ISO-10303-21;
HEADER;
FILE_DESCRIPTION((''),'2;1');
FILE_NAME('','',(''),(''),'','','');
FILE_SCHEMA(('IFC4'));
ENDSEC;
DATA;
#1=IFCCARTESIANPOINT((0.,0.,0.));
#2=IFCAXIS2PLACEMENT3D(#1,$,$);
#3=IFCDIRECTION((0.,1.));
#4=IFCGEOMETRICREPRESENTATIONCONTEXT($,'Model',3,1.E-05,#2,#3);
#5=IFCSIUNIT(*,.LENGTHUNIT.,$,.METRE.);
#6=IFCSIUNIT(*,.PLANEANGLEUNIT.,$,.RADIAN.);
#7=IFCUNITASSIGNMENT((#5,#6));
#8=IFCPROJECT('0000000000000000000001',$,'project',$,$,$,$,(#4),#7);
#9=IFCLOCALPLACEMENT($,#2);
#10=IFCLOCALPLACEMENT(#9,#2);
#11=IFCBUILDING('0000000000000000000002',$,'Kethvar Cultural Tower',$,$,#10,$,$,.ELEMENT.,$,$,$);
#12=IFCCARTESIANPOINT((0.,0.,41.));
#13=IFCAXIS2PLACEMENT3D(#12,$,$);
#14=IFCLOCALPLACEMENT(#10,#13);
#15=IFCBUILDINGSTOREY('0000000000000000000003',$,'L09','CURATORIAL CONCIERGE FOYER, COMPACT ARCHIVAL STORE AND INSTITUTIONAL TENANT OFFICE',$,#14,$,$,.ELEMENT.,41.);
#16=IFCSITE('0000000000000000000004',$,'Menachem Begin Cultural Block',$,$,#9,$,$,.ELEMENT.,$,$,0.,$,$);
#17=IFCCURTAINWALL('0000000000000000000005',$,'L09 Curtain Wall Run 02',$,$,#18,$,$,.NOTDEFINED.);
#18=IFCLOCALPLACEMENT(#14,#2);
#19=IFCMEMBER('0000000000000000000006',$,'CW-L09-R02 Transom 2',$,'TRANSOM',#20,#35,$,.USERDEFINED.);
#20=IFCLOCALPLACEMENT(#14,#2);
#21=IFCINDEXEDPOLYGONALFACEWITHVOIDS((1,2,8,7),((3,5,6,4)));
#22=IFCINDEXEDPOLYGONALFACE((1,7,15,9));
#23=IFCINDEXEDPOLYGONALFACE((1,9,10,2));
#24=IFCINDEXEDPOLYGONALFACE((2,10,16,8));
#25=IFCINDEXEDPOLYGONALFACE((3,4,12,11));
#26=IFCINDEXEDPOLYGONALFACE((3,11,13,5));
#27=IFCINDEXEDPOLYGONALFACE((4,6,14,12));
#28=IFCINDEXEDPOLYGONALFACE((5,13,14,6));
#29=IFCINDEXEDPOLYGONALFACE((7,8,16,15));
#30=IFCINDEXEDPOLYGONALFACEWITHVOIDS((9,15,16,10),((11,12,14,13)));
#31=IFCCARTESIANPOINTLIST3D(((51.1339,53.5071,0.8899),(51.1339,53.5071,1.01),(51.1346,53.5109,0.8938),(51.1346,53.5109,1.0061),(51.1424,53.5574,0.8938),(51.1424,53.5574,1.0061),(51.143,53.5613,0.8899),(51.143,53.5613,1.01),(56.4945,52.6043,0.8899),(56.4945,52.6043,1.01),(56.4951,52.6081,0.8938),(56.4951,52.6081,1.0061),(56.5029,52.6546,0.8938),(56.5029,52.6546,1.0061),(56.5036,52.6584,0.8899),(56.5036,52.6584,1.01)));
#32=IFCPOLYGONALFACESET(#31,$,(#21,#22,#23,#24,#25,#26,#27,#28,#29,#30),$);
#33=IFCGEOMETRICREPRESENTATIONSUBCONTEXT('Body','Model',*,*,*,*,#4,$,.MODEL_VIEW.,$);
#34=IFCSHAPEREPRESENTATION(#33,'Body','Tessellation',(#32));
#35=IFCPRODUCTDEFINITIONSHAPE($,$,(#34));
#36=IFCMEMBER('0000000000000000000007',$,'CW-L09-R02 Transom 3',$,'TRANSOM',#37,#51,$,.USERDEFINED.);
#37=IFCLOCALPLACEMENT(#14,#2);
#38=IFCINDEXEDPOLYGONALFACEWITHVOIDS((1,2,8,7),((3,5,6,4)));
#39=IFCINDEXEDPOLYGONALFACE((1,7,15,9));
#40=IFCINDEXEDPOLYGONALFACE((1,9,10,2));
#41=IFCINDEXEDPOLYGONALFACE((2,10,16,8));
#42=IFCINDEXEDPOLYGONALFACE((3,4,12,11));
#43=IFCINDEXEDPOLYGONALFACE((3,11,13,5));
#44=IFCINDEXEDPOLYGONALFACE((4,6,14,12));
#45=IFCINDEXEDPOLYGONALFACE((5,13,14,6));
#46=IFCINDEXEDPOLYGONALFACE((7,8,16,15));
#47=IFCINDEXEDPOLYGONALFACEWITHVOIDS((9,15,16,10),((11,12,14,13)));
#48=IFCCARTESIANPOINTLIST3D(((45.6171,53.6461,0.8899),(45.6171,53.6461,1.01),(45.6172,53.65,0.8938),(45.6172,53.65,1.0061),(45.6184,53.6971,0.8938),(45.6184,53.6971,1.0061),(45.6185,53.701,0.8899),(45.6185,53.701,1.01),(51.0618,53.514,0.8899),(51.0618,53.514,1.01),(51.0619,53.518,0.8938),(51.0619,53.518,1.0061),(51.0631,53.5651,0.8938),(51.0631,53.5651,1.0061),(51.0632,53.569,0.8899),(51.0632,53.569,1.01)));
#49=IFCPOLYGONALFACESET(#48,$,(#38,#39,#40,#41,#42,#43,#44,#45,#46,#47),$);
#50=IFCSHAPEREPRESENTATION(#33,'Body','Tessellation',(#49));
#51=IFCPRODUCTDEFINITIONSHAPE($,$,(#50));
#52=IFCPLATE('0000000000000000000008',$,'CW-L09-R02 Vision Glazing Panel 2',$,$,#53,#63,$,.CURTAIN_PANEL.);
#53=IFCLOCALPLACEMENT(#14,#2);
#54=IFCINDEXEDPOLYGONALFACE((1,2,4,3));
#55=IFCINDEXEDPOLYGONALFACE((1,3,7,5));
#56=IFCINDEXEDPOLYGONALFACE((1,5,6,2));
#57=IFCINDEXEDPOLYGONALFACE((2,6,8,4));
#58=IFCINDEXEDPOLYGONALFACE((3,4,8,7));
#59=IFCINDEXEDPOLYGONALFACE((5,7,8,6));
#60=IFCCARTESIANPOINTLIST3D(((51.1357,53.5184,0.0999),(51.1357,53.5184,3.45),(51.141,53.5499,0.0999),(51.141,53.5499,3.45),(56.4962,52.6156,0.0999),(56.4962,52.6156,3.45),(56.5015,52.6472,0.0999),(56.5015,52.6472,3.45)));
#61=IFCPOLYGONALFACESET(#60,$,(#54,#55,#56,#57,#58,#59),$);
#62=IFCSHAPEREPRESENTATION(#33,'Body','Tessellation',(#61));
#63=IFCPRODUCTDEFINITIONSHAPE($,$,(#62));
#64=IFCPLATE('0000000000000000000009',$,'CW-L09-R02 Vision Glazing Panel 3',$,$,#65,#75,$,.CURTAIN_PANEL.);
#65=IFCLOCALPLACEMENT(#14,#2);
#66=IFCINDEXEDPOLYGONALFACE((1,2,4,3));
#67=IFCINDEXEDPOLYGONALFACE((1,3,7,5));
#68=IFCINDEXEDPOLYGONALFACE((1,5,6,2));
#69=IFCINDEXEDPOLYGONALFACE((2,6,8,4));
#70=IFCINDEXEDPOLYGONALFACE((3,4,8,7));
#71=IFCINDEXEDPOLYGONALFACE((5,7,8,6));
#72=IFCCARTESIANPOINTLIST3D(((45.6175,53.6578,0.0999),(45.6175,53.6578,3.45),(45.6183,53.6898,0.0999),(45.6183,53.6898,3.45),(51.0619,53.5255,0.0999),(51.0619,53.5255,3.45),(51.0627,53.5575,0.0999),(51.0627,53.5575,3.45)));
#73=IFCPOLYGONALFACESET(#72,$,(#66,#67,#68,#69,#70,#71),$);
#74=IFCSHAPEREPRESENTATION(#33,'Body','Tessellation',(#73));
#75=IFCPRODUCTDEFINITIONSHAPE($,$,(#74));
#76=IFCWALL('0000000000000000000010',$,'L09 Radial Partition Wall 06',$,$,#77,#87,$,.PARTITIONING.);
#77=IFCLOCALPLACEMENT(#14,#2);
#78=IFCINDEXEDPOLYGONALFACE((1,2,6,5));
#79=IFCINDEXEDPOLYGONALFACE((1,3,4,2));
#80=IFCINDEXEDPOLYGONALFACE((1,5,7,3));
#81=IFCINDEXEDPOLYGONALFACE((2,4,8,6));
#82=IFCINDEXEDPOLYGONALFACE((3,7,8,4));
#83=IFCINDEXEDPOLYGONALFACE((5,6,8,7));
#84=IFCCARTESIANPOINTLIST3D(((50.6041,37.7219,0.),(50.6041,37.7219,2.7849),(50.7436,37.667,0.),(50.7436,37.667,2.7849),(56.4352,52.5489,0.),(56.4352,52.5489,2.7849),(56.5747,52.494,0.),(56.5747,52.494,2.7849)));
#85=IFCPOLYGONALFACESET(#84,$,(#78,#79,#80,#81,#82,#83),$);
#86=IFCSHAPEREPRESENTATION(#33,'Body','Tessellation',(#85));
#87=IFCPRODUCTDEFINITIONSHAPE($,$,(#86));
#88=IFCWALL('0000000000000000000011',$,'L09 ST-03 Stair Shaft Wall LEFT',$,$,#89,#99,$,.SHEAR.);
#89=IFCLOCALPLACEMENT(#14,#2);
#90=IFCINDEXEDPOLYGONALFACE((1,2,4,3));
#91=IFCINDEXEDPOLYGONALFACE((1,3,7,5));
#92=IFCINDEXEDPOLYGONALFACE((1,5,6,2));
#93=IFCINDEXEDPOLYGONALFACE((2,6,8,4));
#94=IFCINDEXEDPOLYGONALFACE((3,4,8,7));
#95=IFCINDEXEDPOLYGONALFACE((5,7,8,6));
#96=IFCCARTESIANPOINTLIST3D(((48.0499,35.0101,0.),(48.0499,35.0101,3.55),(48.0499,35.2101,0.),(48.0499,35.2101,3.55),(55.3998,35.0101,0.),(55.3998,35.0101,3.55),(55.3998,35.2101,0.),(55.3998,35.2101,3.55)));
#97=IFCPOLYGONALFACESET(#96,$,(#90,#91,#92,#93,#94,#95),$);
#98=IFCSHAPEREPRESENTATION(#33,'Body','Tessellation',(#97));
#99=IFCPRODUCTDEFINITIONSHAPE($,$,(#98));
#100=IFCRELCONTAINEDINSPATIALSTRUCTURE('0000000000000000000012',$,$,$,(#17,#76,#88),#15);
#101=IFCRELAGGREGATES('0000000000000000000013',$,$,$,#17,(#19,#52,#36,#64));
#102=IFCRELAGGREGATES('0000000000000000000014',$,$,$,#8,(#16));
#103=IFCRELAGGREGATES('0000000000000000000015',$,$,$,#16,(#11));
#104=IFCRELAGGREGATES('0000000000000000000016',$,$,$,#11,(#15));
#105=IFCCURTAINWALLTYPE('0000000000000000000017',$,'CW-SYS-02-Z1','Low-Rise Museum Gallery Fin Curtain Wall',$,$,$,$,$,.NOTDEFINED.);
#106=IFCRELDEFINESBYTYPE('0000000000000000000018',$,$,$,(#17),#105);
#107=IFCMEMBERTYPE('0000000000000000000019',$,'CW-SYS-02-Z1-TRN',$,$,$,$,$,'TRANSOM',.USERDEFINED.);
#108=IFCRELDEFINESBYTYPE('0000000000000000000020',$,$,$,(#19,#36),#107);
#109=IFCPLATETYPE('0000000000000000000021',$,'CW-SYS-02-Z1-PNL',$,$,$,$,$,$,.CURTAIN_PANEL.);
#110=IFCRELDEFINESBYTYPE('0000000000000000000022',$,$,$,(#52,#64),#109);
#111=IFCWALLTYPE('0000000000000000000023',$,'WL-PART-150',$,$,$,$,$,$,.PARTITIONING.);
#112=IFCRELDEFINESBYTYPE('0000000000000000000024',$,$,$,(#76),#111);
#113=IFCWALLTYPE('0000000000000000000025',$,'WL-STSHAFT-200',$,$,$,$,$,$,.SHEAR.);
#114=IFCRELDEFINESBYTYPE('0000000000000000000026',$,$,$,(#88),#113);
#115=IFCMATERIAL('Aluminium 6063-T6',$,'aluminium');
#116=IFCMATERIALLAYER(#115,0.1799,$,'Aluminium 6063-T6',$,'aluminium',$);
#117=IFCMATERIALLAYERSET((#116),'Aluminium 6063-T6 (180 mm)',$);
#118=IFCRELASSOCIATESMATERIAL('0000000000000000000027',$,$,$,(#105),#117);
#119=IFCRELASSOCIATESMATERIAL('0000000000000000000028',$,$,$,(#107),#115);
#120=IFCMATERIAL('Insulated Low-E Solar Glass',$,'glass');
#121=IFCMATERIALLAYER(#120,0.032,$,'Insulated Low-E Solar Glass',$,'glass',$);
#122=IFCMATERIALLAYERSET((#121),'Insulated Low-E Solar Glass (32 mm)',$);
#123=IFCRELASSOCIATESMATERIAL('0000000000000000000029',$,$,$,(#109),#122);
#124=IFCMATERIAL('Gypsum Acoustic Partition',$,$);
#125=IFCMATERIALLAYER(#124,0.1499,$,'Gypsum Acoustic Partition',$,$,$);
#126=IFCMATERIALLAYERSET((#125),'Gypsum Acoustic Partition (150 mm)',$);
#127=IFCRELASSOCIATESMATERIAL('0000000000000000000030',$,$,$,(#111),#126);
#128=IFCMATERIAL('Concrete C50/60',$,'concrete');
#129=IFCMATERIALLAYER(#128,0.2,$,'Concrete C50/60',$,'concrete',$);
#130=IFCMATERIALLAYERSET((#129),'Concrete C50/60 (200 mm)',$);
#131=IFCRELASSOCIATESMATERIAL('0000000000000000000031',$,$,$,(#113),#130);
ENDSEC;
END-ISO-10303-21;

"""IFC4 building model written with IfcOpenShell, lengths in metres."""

from ifc_helpers import new_model, si_unit, direction, frame, frame_2d, origin, origin_2d, place, context, subcontext, project, spatial, rectangle, hollow_rectangle, extrude, source, transform, mapped, material, layer, layer_set, material_profile, profile_set, type_object, element, aggregate, save


model = new_model("IFC4")

# Units and contexts
model_context = context("Model", 3, precision=1e-05, world=origin(), true_north=direction((0.0, 1.0)))
body_context = subcontext(model_context, "Body", "Model", "MODEL_VIEW")
ifc_project = project(units=[si_unit("LENGTHUNIT", "METRE"), si_unit("PLANEANGLEUNIT", "RADIAN")], contexts=[model_context])

# Site, building, storey
site_placement = place(None, origin())
site = spatial("IfcSite", under=ifc_project, at=site_placement, Name="Menachem Begin Cultural Block", CompositionType="ELEMENT", RefElevation=0.0)
building_placement = place(site_placement, origin())
building = spatial("IfcBuilding", under=site, at=building_placement, Name="Kethvar Cultural Tower", CompositionType="ELEMENT")
storey_placement = place(building_placement, frame((0.0, 0.0, 41.0)))
storey = spatial("IfcBuildingStorey", under=building, at=storey_placement, Name="L09", Description="CURATORIAL CONCIERGE FOYER, COMPACT ARCHIVAL STORE AND INSTITUTIONAL TENANT OFFICE", CompositionType="ELEMENT", Elevation=41.0)

# Curtain wall, members, plates
ifc_material_1 = material(Name="Aluminium 6063-T6", Category="aluminium")
ifc_layer_1 = layer(ifc_material_1, 0.1799, Name="Aluminium 6063-T6", Category="aluminium")
ifc_layer_set_1 = layer_set([ifc_layer_1], Name="Aluminium 6063-T6 (180 mm)")
curtain_wall_type = type_object("IfcCurtainWallType", Name="CW-SYS-02-Z1", Description="Low-Rise Museum Gallery Fin Curtain Wall", PredefinedType="NOTDEFINED", material=ifc_layer_set_1)
curtain_wall_placement = place(storey_placement, origin())
curtain_wall = element("IfcCurtainWall", 1, at=curtain_wall_placement, inside=storey, type_object=curtain_wall_type, Name="L09 Curtain Wall Run 02", PredefinedType="NOTDEFINED")
ifc_material_profile_1 = material_profile(ifc_material_1, hollow_rectangle(XDim=0.0549, YDim=0.1201, WallThickness=0.0039, at=origin_2d()), Name="Aluminium 6063-T6 — RHS120x55x4")
ifc_profile_set_1 = profile_set([ifc_material_profile_1], Name="Aluminium 6063-T6 — RHS120x55x4")
member_type_1 = type_object("IfcMemberType", Name="CW-SYS-02-Z1-TRN", ElementType="TRANSOM", PredefinedType="USERDEFINED", material=ifc_profile_set_1)
shared_shape_1 = source(origin(), body_context, "Body", "SweptSolid", [
    extrude(hollow_rectangle(XDim=0.0549, YDim=0.1201, WallThickness=0.0039, at=origin_2d()), origin(), (0.0, 0.0, 1.0), 5.436),
])
member_1_placement = place(storey_placement, frame((56.499, 52.6313, 0.95), z_axis=(-0.986112, 0.166081, 0.0), x_axis=(-0.166081, -0.986112, 0.0)))
member_1 = element("IfcMember", 2, at=member_1_placement, type_object=member_type_1, Name="CW-L09-R02 Transom 2", ObjectType="TRANSOM", PredefinedType="USERDEFINED", context=body_context, shape_type="MappedRepresentation", body=[
    mapped(shared_shape_1, transform((0.0, 0.0, 0.0), scale=1.0)),
])
shared_shape_2 = source(origin(), body_context, "Body", "SweptSolid", [
    extrude(hollow_rectangle(XDim=0.0549, YDim=0.1201, WallThickness=0.0039, at=origin_2d()), origin(), (0.0, 0.0, 1.0), 5.4463),
])
member_2_placement = place(storey_placement, frame((51.0625, 53.5415, 0.95), z_axis=(-0.999706, 0.024252, 0.0), x_axis=(-0.024252, -0.999706, 0.0)))
member_2 = element("IfcMember", 3, at=member_2_placement, type_object=member_type_1, Name="CW-L09-R02 Transom 3", ObjectType="TRANSOM", PredefinedType="USERDEFINED", context=body_context, shape_type="MappedRepresentation", body=[
    mapped(shared_shape_2, transform((0.0, 0.0, 0.0), scale=1.0)),
])
ifc_material_2 = material(Name="Insulated Low-E Solar Glass", Category="glass")
ifc_layer_2 = layer(ifc_material_2, 0.032, Name="Insulated Low-E Solar Glass", Category="glass")
ifc_layer_set_2 = layer_set([ifc_layer_2], Name="Insulated Low-E Solar Glass (32 mm)")
plate_type = type_object("IfcPlateType", Name="CW-SYS-02-Z1-PNL", PredefinedType="CURTAIN_PANEL", material=ifc_layer_set_2)
shared_shape_3 = source(origin(), body_context, "Body", "SweptSolid", [
    extrude(rectangle(XDim=5.436, YDim=0.032, at=origin_2d()), origin(), (0.0, 0.0, 1.0), 3.3501),
])
plate_1_placement = place(storey_placement, frame((53.8186, 53.0828, 0.0999), z_axis=(0.0, 0.0, 1.0), x_axis=(-0.986115, 0.166063, 0.0)))
plate_1 = element("IfcPlate", 4, at=plate_1_placement, type_object=plate_type, Name="CW-L09-R02 Vision Glazing Panel 2", PredefinedType="CURTAIN_PANEL", context=body_context, shape_type="MappedRepresentation", body=[
    mapped(shared_shape_3, transform((0.0, 0.0, 0.0), scale=1.0)),
])
shared_shape_4 = source(origin(), body_context, "Body", "SweptSolid", [
    extrude(rectangle(XDim=5.446, YDim=0.032, at=origin_2d()), origin(), (0.0, 0.0, 1.0), 3.3501),
])
plate_2_placement = place(storey_placement, frame((48.3401, 53.6077, 0.0999), z_axis=(0.0, 0.0, 1.0), x_axis=(-0.999705, 0.024293, 0.0)))
plate_2 = element("IfcPlate", 5, at=plate_2_placement, type_object=plate_type, Name="CW-L09-R02 Vision Glazing Panel 3", PredefinedType="CURTAIN_PANEL", context=body_context, shape_type="MappedRepresentation", body=[
    mapped(shared_shape_4, transform((0.0, 0.0, 0.0), scale=1.0)),
])
aggregate(curtain_wall, [member_1, plate_1, member_2, plate_2])

# Walls
ifc_material_3 = material(Name="Gypsum Acoustic Partition")
ifc_layer_3 = layer(ifc_material_3, 0.1499, Name="Gypsum Acoustic Partition")
ifc_layer_set_3 = layer_set([ifc_layer_3], Name="Gypsum Acoustic Partition (150 mm)")
wall_type_1 = type_object("IfcWallType", Name="WL-PART-150", PredefinedType="PARTITIONING", material=ifc_layer_set_3)
wall_1_placement = place(storey_placement, frame((50.6738, 37.6943, 0.0), z_axis=(0.0, 0.0, 1.0), x_axis=(0.365989, 0.930619, 0.0)))
element("IfcWall", 6, at=wall_1_placement, inside=storey, type_object=wall_type_1, Name="L09 Radial Partition Wall 06", PredefinedType="PARTITIONING", context=body_context, shape_type="SweptSolid", body=[
    extrude(rectangle(XDim=15.9324, YDim=0.1499, at=frame_2d((7.9663, 0.0))), origin(), (0.0, 0.0, 1.0), 2.7849),
])
ifc_material_4 = material(Name="Concrete C50/60", Category="concrete")
ifc_layer_4 = layer(ifc_material_4, 0.2, Name="Concrete C50/60", Category="concrete")
ifc_layer_set_4 = layer_set([ifc_layer_4], Name="Concrete C50/60 (200 mm)")
wall_type_2 = type_object("IfcWallType", Name="WL-STSHAFT-200", PredefinedType="SHEAR", material=ifc_layer_set_4)
wall_2_placement = place(storey_placement, frame((48.05, 35.1101, 0.0), z_axis=(0.0, 0.0, 1.0), x_axis=(1.0, 0.0, 0.0)))
element("IfcWall", 7, at=wall_2_placement, inside=storey, type_object=wall_type_2, Name="L09 ST-03 Stair Shaft Wall LEFT", PredefinedType="SHEAR", context=body_context, shape_type="SweptSolid", body=[
    extrude(rectangle(XDim=7.3499, YDim=0.2, at=frame_2d((3.6748, 0.0))), origin(), (0.0, 0.0, 1.0), 3.55),
])

save(model, "model.ifc")
